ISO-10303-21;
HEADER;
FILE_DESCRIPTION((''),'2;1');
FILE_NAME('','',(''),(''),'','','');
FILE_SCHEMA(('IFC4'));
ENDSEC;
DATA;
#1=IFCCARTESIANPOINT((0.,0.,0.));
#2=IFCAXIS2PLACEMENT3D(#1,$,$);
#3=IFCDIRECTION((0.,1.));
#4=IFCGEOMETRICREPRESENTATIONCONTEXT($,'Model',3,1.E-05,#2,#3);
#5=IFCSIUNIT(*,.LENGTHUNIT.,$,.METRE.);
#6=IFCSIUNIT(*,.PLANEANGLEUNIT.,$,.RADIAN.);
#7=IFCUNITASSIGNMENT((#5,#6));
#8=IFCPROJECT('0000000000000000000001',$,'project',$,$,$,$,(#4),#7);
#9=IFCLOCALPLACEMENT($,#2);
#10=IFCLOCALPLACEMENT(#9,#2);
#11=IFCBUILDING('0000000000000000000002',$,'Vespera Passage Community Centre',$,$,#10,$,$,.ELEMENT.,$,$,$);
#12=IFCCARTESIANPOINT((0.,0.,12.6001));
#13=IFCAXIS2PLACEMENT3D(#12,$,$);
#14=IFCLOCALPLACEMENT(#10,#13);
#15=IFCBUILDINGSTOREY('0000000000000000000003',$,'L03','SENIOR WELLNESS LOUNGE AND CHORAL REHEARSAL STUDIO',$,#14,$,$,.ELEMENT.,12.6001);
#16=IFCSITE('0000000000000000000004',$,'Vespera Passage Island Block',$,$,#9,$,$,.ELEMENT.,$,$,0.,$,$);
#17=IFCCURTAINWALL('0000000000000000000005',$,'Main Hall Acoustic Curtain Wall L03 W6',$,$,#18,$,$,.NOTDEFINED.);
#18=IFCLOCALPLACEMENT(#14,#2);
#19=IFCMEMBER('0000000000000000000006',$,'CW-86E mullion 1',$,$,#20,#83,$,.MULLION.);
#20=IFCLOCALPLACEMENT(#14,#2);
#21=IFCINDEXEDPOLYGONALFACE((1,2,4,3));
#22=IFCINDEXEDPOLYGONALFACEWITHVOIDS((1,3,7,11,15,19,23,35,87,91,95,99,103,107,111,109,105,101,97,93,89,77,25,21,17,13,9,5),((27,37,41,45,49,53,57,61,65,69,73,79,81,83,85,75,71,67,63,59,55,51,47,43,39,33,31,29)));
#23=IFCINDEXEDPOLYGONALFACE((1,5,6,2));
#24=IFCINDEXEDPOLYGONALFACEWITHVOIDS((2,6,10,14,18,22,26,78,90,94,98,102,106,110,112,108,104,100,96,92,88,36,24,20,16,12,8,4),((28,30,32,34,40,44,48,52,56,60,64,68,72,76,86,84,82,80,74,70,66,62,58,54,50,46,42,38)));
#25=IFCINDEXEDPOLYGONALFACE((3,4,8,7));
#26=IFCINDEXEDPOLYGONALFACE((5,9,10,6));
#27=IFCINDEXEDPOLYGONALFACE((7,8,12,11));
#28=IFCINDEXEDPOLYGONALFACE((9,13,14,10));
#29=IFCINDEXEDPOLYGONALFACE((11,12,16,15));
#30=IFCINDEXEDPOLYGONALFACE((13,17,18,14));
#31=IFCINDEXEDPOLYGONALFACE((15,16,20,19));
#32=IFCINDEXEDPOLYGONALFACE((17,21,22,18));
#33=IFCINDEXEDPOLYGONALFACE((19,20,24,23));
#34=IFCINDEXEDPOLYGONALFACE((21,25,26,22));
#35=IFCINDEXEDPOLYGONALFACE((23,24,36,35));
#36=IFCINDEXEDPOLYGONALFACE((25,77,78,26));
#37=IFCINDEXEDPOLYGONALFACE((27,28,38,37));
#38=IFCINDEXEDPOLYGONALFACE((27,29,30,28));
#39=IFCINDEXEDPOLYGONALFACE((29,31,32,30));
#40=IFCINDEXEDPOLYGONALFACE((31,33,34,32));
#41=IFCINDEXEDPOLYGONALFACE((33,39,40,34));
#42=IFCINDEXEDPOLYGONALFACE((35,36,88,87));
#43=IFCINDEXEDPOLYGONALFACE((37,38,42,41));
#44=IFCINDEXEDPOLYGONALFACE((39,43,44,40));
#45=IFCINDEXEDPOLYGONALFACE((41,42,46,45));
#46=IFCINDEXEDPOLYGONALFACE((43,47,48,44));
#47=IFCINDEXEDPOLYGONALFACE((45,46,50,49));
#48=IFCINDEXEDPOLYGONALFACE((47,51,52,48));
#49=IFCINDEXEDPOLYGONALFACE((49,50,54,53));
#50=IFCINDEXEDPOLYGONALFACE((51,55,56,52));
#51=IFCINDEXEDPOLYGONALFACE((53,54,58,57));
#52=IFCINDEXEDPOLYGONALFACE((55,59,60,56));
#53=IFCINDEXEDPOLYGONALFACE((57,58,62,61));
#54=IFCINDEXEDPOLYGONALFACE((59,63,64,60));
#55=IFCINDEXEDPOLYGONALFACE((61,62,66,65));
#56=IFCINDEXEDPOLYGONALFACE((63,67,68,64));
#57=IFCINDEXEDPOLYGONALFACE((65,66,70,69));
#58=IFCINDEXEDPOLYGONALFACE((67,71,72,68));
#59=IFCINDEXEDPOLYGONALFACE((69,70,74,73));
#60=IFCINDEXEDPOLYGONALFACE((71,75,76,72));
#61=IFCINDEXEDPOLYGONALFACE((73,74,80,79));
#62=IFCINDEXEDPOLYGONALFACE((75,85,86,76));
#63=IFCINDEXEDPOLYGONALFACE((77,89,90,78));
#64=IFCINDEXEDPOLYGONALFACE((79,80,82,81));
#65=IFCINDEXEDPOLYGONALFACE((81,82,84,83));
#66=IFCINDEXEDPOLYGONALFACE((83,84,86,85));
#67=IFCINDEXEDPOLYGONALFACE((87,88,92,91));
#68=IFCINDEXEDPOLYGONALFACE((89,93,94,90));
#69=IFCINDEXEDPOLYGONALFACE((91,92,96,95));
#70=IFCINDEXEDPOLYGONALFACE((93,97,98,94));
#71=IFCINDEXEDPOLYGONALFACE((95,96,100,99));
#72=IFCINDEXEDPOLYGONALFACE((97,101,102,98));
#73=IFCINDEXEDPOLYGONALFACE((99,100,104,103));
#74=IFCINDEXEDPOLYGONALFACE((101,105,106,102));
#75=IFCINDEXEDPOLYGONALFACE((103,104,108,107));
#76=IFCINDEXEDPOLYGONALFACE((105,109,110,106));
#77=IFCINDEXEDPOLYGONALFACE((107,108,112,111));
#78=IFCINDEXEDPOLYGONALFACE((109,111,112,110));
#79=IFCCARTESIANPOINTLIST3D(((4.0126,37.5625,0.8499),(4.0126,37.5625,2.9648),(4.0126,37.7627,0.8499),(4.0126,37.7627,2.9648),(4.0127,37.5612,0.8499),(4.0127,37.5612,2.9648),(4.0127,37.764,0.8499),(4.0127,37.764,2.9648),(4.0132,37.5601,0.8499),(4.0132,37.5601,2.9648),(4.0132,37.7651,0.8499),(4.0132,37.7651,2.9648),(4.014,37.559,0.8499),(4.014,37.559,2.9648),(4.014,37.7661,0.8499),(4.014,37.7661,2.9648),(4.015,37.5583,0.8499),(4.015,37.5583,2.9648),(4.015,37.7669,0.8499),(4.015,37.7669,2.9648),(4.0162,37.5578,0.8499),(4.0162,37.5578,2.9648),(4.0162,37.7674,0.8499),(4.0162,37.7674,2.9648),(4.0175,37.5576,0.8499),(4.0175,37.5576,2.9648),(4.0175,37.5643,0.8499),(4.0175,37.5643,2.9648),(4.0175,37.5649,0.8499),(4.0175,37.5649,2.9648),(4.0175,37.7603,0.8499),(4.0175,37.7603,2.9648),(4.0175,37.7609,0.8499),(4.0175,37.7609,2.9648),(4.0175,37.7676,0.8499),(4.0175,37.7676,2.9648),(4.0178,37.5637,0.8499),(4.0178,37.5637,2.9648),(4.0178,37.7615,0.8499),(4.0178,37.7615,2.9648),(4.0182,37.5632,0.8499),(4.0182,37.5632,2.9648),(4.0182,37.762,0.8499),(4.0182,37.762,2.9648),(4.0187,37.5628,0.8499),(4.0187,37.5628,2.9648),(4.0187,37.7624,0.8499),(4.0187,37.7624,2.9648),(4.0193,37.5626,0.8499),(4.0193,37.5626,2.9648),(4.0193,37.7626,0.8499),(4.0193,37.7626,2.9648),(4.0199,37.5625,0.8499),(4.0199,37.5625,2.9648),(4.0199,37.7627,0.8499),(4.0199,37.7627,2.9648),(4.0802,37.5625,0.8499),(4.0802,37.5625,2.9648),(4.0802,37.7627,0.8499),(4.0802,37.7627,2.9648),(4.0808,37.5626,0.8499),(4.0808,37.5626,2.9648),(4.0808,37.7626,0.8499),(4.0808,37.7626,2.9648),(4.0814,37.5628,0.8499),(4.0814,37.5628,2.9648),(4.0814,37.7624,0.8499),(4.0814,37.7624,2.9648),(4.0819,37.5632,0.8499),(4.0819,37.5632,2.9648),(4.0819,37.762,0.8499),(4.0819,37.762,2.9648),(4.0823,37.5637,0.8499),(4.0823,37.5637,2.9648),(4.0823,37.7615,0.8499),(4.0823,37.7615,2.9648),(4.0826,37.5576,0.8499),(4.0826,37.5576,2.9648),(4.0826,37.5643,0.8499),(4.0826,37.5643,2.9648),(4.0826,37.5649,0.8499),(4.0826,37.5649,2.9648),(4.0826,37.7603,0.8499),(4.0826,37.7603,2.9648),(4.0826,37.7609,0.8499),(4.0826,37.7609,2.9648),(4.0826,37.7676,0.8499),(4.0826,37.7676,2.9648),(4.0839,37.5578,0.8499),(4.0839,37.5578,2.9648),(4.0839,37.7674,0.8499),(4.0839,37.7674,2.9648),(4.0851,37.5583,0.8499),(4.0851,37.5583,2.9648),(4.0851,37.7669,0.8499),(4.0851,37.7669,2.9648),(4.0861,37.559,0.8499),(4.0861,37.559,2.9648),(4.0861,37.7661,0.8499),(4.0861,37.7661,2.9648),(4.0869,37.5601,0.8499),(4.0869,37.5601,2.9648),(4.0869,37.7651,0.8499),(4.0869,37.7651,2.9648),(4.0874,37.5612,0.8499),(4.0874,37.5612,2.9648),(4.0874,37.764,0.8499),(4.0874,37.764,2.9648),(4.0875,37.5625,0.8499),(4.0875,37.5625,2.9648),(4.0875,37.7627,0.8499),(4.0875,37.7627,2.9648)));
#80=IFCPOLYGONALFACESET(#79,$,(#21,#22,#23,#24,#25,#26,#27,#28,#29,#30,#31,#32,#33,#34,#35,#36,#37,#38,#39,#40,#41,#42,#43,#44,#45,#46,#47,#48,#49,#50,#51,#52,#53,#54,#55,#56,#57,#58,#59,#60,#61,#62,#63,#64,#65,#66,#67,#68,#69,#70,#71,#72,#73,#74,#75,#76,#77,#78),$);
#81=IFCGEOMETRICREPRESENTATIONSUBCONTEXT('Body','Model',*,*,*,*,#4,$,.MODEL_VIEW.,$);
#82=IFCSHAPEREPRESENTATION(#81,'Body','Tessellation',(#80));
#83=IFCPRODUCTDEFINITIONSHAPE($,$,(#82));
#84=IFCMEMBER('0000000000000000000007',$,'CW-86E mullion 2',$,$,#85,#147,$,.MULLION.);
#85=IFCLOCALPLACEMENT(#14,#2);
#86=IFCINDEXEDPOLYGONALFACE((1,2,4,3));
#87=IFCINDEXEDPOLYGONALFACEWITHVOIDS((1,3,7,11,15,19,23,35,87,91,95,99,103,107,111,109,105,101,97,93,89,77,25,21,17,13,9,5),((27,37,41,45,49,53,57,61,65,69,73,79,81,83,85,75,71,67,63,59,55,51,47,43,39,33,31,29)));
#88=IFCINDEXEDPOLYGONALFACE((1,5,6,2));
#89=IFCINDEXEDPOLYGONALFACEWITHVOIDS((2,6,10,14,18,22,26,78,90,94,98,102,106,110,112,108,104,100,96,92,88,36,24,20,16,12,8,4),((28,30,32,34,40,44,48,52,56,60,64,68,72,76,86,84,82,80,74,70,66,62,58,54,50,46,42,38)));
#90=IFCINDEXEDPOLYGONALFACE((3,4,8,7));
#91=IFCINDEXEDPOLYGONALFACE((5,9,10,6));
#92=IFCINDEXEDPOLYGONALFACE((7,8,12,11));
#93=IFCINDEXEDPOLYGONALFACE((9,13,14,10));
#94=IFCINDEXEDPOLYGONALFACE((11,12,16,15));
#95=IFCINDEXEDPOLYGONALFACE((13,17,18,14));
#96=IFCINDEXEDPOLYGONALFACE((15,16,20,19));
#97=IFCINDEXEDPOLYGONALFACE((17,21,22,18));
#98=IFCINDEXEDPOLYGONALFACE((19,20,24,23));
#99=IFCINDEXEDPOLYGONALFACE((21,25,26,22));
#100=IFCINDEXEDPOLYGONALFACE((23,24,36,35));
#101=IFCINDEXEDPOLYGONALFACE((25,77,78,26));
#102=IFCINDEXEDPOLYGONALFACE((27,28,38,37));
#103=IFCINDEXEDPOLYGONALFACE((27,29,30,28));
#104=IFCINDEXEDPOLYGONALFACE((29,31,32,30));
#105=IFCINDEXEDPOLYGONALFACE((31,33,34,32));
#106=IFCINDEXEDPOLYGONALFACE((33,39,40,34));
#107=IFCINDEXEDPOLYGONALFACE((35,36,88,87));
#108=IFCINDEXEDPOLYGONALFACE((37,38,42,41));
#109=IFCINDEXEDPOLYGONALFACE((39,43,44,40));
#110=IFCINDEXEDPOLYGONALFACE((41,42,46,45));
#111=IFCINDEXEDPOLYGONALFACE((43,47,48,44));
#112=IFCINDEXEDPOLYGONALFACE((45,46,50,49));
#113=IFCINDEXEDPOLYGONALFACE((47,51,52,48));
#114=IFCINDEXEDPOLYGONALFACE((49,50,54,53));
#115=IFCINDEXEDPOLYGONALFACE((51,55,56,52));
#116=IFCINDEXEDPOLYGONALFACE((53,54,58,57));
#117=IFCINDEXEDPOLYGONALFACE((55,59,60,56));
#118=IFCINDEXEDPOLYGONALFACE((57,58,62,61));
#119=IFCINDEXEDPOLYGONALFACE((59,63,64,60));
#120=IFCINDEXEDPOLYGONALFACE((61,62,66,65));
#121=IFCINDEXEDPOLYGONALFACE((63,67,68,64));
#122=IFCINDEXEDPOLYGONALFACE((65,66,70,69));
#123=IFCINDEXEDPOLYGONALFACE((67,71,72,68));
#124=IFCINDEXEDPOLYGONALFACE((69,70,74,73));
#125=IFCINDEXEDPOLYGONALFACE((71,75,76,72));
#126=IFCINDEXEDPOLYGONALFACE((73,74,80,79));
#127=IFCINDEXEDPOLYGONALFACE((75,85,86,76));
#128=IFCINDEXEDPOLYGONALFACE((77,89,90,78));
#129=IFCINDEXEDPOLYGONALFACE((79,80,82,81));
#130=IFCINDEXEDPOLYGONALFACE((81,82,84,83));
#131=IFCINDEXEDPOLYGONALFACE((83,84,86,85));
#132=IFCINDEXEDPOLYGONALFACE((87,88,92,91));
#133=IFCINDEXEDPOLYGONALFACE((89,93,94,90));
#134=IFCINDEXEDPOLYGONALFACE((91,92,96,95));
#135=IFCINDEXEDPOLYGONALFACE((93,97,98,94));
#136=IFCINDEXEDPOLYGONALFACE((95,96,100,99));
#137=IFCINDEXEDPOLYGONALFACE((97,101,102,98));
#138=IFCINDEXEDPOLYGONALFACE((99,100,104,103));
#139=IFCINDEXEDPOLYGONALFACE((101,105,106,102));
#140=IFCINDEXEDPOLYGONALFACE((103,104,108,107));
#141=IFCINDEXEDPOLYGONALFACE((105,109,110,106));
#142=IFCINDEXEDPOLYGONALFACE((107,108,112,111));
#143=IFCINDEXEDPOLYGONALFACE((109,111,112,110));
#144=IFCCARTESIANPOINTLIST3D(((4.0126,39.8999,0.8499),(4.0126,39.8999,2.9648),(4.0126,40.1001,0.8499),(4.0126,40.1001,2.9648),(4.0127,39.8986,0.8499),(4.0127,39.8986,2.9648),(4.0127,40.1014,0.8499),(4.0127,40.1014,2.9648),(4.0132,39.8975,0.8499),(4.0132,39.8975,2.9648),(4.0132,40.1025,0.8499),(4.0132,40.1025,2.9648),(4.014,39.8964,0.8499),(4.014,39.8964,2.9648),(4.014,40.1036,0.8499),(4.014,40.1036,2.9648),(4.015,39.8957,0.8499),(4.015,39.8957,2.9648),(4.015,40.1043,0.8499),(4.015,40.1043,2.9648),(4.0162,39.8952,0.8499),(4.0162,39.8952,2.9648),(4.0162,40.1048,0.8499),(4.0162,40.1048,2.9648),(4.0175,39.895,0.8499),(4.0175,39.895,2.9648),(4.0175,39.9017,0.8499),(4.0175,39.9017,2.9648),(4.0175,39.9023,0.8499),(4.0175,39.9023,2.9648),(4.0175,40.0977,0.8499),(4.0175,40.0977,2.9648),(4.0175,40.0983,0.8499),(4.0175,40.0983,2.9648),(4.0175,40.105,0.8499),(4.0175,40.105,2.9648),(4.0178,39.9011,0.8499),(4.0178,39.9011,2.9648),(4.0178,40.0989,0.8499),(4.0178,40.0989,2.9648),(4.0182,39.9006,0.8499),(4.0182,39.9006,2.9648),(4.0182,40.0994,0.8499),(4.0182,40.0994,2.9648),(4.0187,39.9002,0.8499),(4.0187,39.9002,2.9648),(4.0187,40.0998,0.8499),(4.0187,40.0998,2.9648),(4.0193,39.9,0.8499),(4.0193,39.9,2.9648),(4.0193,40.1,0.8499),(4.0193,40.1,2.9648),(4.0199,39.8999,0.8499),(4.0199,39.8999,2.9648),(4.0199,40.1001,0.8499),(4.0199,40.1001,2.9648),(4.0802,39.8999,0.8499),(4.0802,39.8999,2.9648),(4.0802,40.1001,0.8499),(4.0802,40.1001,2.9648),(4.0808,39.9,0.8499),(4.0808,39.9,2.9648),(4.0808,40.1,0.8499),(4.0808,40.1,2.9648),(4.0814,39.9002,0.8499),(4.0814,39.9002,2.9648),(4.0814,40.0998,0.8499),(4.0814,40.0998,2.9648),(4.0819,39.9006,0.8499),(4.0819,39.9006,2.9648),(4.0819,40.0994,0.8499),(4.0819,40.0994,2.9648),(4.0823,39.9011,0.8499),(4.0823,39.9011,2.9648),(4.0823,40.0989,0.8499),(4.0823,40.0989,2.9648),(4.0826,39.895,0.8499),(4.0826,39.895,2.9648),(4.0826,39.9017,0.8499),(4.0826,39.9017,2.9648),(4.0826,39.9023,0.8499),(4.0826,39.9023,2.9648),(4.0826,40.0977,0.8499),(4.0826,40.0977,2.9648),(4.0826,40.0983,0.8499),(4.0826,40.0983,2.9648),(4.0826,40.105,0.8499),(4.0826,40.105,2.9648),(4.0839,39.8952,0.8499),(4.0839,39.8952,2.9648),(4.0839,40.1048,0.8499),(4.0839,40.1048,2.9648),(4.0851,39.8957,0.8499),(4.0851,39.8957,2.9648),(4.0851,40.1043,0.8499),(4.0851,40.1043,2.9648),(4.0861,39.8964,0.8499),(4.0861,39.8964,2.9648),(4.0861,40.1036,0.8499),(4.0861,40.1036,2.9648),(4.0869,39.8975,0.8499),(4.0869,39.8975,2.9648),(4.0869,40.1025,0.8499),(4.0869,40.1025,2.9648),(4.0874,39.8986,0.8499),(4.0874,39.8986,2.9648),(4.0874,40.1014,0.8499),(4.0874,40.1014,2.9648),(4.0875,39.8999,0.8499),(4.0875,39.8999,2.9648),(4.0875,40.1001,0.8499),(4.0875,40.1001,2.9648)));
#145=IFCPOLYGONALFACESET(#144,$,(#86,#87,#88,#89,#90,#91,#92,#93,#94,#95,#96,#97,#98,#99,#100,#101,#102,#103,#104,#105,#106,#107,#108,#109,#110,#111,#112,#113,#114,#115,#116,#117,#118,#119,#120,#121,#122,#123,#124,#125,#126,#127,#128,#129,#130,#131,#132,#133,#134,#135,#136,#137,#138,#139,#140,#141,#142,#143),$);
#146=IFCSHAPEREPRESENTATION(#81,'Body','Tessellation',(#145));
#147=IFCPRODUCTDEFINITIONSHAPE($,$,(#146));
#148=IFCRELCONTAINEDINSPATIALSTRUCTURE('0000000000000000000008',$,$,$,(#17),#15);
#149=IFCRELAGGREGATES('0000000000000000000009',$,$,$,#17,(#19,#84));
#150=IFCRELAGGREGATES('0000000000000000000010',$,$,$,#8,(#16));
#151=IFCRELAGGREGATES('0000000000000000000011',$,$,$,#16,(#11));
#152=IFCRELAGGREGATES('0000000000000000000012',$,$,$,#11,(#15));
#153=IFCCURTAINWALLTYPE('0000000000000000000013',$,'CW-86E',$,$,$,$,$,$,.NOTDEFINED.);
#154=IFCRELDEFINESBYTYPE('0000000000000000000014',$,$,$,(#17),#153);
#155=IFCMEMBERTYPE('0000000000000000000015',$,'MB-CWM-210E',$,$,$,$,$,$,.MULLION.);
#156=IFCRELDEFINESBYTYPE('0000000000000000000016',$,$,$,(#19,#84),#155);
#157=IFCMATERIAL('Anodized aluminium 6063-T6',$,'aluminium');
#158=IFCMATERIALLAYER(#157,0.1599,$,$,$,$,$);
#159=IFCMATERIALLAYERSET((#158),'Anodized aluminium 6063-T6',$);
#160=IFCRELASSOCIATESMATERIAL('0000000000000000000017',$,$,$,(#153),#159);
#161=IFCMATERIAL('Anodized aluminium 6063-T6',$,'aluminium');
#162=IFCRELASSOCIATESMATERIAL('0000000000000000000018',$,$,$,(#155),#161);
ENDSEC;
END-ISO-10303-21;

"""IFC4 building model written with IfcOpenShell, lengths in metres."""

from ifc_helpers import new_model, si_unit, direction, frame, origin, origin_2d, place, context, subcontext, project, spatial, hollow_rectangle, extrude, material, layer, layer_set, material_profile, profile_set, type_object, element, aggregate, save


model = new_model("IFC4")

# Units and contexts
model_context = context("Model", 3, precision=1e-05, world=origin(), true_north=direction((0.0, 1.0)))
body_context = subcontext(model_context, "Body", "Model", "MODEL_VIEW")
ifc_project = project(units=[si_unit("LENGTHUNIT", "METRE"), si_unit("PLANEANGLEUNIT", "RADIAN")], contexts=[model_context])

# Site, building, storey
site_placement = place(None, origin())
site = spatial("IfcSite", under=ifc_project, at=site_placement, Name="Vespera Passage Island Block", CompositionType="ELEMENT", RefElevation=0.0)
building_placement = place(site_placement, origin())
building = spatial("IfcBuilding", under=site, at=building_placement, Name="Vespera Passage Community Centre", CompositionType="ELEMENT")
storey_placement = place(building_placement, frame((0.0, 0.0, 12.6001)))
storey = spatial("IfcBuildingStorey", under=building, at=storey_placement, Name="L03", Description="SENIOR WELLNESS LOUNGE AND CHORAL REHEARSAL STUDIO", CompositionType="ELEMENT", Elevation=12.6001)

# Curtain wall, members
ifc_material_1 = material(Name="Anodized aluminium 6063-T6", Category="aluminium")
ifc_layer_1 = layer(ifc_material_1, 0.1599)
ifc_layer_set_1 = layer_set([ifc_layer_1], Name="Anodized aluminium 6063-T6")
curtain_wall_type = type_object("IfcCurtainWallType", Name="CW-86E", PredefinedType="NOTDEFINED", material=ifc_layer_set_1)
curtain_wall_placement = place(storey_placement, origin())
curtain_wall = element("IfcCurtainWall", 1, at=curtain_wall_placement, inside=storey, type_object=curtain_wall_type, Name="Main Hall Acoustic Curtain Wall L03 W6", PredefinedType="NOTDEFINED")
ifc_material_2 = material(Name="Anodized aluminium 6063-T6", Category="aluminium")
ifc_material_profile_1 = material_profile(ifc_material_2, hollow_rectangle(XDim=0.075, YDim=0.21, WallThickness=0.0049, InnerFilletRadius=0.0024, OuterFilletRadius=0.0049, at=origin_2d()), Name="ALU210X75X5")
ifc_profile_set_1 = profile_set([ifc_material_profile_1], Name="Anodized aluminium 6063-T6")
member_type_1 = type_object("IfcMemberType", Name="MB-CWM-210E", PredefinedType="MULLION", material=ifc_profile_set_1)
member_1_placement = place(storey_placement, frame((4.05, 37.6626, 0.8499), z_axis=(0.0, 0.0, 1.0), x_axis=(-1.0, 0.0, 0.0)))
member_1 = element("IfcMember", 2, at=member_1_placement, type_object=member_type_1, Name="CW-86E mullion 1", PredefinedType="MULLION", context=body_context, shape_type="SweptSolid", body=[
    extrude(hollow_rectangle(XDim=0.075, YDim=0.21, WallThickness=0.0049, InnerFilletRadius=0.0024, OuterFilletRadius=0.0049, at=origin_2d()), origin(), (0.0, 0.0, 1.0), 2.115),
])
member_2_placement = place(storey_placement, frame((4.05, 40.0, 0.8499), z_axis=(0.0, 0.0, 1.0), x_axis=(-1.0, 0.0, 0.0)))
member_2 = element("IfcMember", 3, at=member_2_placement, type_object=member_type_1, Name="CW-86E mullion 2", PredefinedType="MULLION", context=body_context, shape_type="SweptSolid", body=[
    extrude(hollow_rectangle(XDim=0.075, YDim=0.21, WallThickness=0.0049, InnerFilletRadius=0.0024, OuterFilletRadius=0.0049, at=origin_2d()), origin(), (0.0, 0.0, 1.0), 2.115),
])
aggregate(curtain_wall, [member_1, member_2])

save(model, "model.ifc")
